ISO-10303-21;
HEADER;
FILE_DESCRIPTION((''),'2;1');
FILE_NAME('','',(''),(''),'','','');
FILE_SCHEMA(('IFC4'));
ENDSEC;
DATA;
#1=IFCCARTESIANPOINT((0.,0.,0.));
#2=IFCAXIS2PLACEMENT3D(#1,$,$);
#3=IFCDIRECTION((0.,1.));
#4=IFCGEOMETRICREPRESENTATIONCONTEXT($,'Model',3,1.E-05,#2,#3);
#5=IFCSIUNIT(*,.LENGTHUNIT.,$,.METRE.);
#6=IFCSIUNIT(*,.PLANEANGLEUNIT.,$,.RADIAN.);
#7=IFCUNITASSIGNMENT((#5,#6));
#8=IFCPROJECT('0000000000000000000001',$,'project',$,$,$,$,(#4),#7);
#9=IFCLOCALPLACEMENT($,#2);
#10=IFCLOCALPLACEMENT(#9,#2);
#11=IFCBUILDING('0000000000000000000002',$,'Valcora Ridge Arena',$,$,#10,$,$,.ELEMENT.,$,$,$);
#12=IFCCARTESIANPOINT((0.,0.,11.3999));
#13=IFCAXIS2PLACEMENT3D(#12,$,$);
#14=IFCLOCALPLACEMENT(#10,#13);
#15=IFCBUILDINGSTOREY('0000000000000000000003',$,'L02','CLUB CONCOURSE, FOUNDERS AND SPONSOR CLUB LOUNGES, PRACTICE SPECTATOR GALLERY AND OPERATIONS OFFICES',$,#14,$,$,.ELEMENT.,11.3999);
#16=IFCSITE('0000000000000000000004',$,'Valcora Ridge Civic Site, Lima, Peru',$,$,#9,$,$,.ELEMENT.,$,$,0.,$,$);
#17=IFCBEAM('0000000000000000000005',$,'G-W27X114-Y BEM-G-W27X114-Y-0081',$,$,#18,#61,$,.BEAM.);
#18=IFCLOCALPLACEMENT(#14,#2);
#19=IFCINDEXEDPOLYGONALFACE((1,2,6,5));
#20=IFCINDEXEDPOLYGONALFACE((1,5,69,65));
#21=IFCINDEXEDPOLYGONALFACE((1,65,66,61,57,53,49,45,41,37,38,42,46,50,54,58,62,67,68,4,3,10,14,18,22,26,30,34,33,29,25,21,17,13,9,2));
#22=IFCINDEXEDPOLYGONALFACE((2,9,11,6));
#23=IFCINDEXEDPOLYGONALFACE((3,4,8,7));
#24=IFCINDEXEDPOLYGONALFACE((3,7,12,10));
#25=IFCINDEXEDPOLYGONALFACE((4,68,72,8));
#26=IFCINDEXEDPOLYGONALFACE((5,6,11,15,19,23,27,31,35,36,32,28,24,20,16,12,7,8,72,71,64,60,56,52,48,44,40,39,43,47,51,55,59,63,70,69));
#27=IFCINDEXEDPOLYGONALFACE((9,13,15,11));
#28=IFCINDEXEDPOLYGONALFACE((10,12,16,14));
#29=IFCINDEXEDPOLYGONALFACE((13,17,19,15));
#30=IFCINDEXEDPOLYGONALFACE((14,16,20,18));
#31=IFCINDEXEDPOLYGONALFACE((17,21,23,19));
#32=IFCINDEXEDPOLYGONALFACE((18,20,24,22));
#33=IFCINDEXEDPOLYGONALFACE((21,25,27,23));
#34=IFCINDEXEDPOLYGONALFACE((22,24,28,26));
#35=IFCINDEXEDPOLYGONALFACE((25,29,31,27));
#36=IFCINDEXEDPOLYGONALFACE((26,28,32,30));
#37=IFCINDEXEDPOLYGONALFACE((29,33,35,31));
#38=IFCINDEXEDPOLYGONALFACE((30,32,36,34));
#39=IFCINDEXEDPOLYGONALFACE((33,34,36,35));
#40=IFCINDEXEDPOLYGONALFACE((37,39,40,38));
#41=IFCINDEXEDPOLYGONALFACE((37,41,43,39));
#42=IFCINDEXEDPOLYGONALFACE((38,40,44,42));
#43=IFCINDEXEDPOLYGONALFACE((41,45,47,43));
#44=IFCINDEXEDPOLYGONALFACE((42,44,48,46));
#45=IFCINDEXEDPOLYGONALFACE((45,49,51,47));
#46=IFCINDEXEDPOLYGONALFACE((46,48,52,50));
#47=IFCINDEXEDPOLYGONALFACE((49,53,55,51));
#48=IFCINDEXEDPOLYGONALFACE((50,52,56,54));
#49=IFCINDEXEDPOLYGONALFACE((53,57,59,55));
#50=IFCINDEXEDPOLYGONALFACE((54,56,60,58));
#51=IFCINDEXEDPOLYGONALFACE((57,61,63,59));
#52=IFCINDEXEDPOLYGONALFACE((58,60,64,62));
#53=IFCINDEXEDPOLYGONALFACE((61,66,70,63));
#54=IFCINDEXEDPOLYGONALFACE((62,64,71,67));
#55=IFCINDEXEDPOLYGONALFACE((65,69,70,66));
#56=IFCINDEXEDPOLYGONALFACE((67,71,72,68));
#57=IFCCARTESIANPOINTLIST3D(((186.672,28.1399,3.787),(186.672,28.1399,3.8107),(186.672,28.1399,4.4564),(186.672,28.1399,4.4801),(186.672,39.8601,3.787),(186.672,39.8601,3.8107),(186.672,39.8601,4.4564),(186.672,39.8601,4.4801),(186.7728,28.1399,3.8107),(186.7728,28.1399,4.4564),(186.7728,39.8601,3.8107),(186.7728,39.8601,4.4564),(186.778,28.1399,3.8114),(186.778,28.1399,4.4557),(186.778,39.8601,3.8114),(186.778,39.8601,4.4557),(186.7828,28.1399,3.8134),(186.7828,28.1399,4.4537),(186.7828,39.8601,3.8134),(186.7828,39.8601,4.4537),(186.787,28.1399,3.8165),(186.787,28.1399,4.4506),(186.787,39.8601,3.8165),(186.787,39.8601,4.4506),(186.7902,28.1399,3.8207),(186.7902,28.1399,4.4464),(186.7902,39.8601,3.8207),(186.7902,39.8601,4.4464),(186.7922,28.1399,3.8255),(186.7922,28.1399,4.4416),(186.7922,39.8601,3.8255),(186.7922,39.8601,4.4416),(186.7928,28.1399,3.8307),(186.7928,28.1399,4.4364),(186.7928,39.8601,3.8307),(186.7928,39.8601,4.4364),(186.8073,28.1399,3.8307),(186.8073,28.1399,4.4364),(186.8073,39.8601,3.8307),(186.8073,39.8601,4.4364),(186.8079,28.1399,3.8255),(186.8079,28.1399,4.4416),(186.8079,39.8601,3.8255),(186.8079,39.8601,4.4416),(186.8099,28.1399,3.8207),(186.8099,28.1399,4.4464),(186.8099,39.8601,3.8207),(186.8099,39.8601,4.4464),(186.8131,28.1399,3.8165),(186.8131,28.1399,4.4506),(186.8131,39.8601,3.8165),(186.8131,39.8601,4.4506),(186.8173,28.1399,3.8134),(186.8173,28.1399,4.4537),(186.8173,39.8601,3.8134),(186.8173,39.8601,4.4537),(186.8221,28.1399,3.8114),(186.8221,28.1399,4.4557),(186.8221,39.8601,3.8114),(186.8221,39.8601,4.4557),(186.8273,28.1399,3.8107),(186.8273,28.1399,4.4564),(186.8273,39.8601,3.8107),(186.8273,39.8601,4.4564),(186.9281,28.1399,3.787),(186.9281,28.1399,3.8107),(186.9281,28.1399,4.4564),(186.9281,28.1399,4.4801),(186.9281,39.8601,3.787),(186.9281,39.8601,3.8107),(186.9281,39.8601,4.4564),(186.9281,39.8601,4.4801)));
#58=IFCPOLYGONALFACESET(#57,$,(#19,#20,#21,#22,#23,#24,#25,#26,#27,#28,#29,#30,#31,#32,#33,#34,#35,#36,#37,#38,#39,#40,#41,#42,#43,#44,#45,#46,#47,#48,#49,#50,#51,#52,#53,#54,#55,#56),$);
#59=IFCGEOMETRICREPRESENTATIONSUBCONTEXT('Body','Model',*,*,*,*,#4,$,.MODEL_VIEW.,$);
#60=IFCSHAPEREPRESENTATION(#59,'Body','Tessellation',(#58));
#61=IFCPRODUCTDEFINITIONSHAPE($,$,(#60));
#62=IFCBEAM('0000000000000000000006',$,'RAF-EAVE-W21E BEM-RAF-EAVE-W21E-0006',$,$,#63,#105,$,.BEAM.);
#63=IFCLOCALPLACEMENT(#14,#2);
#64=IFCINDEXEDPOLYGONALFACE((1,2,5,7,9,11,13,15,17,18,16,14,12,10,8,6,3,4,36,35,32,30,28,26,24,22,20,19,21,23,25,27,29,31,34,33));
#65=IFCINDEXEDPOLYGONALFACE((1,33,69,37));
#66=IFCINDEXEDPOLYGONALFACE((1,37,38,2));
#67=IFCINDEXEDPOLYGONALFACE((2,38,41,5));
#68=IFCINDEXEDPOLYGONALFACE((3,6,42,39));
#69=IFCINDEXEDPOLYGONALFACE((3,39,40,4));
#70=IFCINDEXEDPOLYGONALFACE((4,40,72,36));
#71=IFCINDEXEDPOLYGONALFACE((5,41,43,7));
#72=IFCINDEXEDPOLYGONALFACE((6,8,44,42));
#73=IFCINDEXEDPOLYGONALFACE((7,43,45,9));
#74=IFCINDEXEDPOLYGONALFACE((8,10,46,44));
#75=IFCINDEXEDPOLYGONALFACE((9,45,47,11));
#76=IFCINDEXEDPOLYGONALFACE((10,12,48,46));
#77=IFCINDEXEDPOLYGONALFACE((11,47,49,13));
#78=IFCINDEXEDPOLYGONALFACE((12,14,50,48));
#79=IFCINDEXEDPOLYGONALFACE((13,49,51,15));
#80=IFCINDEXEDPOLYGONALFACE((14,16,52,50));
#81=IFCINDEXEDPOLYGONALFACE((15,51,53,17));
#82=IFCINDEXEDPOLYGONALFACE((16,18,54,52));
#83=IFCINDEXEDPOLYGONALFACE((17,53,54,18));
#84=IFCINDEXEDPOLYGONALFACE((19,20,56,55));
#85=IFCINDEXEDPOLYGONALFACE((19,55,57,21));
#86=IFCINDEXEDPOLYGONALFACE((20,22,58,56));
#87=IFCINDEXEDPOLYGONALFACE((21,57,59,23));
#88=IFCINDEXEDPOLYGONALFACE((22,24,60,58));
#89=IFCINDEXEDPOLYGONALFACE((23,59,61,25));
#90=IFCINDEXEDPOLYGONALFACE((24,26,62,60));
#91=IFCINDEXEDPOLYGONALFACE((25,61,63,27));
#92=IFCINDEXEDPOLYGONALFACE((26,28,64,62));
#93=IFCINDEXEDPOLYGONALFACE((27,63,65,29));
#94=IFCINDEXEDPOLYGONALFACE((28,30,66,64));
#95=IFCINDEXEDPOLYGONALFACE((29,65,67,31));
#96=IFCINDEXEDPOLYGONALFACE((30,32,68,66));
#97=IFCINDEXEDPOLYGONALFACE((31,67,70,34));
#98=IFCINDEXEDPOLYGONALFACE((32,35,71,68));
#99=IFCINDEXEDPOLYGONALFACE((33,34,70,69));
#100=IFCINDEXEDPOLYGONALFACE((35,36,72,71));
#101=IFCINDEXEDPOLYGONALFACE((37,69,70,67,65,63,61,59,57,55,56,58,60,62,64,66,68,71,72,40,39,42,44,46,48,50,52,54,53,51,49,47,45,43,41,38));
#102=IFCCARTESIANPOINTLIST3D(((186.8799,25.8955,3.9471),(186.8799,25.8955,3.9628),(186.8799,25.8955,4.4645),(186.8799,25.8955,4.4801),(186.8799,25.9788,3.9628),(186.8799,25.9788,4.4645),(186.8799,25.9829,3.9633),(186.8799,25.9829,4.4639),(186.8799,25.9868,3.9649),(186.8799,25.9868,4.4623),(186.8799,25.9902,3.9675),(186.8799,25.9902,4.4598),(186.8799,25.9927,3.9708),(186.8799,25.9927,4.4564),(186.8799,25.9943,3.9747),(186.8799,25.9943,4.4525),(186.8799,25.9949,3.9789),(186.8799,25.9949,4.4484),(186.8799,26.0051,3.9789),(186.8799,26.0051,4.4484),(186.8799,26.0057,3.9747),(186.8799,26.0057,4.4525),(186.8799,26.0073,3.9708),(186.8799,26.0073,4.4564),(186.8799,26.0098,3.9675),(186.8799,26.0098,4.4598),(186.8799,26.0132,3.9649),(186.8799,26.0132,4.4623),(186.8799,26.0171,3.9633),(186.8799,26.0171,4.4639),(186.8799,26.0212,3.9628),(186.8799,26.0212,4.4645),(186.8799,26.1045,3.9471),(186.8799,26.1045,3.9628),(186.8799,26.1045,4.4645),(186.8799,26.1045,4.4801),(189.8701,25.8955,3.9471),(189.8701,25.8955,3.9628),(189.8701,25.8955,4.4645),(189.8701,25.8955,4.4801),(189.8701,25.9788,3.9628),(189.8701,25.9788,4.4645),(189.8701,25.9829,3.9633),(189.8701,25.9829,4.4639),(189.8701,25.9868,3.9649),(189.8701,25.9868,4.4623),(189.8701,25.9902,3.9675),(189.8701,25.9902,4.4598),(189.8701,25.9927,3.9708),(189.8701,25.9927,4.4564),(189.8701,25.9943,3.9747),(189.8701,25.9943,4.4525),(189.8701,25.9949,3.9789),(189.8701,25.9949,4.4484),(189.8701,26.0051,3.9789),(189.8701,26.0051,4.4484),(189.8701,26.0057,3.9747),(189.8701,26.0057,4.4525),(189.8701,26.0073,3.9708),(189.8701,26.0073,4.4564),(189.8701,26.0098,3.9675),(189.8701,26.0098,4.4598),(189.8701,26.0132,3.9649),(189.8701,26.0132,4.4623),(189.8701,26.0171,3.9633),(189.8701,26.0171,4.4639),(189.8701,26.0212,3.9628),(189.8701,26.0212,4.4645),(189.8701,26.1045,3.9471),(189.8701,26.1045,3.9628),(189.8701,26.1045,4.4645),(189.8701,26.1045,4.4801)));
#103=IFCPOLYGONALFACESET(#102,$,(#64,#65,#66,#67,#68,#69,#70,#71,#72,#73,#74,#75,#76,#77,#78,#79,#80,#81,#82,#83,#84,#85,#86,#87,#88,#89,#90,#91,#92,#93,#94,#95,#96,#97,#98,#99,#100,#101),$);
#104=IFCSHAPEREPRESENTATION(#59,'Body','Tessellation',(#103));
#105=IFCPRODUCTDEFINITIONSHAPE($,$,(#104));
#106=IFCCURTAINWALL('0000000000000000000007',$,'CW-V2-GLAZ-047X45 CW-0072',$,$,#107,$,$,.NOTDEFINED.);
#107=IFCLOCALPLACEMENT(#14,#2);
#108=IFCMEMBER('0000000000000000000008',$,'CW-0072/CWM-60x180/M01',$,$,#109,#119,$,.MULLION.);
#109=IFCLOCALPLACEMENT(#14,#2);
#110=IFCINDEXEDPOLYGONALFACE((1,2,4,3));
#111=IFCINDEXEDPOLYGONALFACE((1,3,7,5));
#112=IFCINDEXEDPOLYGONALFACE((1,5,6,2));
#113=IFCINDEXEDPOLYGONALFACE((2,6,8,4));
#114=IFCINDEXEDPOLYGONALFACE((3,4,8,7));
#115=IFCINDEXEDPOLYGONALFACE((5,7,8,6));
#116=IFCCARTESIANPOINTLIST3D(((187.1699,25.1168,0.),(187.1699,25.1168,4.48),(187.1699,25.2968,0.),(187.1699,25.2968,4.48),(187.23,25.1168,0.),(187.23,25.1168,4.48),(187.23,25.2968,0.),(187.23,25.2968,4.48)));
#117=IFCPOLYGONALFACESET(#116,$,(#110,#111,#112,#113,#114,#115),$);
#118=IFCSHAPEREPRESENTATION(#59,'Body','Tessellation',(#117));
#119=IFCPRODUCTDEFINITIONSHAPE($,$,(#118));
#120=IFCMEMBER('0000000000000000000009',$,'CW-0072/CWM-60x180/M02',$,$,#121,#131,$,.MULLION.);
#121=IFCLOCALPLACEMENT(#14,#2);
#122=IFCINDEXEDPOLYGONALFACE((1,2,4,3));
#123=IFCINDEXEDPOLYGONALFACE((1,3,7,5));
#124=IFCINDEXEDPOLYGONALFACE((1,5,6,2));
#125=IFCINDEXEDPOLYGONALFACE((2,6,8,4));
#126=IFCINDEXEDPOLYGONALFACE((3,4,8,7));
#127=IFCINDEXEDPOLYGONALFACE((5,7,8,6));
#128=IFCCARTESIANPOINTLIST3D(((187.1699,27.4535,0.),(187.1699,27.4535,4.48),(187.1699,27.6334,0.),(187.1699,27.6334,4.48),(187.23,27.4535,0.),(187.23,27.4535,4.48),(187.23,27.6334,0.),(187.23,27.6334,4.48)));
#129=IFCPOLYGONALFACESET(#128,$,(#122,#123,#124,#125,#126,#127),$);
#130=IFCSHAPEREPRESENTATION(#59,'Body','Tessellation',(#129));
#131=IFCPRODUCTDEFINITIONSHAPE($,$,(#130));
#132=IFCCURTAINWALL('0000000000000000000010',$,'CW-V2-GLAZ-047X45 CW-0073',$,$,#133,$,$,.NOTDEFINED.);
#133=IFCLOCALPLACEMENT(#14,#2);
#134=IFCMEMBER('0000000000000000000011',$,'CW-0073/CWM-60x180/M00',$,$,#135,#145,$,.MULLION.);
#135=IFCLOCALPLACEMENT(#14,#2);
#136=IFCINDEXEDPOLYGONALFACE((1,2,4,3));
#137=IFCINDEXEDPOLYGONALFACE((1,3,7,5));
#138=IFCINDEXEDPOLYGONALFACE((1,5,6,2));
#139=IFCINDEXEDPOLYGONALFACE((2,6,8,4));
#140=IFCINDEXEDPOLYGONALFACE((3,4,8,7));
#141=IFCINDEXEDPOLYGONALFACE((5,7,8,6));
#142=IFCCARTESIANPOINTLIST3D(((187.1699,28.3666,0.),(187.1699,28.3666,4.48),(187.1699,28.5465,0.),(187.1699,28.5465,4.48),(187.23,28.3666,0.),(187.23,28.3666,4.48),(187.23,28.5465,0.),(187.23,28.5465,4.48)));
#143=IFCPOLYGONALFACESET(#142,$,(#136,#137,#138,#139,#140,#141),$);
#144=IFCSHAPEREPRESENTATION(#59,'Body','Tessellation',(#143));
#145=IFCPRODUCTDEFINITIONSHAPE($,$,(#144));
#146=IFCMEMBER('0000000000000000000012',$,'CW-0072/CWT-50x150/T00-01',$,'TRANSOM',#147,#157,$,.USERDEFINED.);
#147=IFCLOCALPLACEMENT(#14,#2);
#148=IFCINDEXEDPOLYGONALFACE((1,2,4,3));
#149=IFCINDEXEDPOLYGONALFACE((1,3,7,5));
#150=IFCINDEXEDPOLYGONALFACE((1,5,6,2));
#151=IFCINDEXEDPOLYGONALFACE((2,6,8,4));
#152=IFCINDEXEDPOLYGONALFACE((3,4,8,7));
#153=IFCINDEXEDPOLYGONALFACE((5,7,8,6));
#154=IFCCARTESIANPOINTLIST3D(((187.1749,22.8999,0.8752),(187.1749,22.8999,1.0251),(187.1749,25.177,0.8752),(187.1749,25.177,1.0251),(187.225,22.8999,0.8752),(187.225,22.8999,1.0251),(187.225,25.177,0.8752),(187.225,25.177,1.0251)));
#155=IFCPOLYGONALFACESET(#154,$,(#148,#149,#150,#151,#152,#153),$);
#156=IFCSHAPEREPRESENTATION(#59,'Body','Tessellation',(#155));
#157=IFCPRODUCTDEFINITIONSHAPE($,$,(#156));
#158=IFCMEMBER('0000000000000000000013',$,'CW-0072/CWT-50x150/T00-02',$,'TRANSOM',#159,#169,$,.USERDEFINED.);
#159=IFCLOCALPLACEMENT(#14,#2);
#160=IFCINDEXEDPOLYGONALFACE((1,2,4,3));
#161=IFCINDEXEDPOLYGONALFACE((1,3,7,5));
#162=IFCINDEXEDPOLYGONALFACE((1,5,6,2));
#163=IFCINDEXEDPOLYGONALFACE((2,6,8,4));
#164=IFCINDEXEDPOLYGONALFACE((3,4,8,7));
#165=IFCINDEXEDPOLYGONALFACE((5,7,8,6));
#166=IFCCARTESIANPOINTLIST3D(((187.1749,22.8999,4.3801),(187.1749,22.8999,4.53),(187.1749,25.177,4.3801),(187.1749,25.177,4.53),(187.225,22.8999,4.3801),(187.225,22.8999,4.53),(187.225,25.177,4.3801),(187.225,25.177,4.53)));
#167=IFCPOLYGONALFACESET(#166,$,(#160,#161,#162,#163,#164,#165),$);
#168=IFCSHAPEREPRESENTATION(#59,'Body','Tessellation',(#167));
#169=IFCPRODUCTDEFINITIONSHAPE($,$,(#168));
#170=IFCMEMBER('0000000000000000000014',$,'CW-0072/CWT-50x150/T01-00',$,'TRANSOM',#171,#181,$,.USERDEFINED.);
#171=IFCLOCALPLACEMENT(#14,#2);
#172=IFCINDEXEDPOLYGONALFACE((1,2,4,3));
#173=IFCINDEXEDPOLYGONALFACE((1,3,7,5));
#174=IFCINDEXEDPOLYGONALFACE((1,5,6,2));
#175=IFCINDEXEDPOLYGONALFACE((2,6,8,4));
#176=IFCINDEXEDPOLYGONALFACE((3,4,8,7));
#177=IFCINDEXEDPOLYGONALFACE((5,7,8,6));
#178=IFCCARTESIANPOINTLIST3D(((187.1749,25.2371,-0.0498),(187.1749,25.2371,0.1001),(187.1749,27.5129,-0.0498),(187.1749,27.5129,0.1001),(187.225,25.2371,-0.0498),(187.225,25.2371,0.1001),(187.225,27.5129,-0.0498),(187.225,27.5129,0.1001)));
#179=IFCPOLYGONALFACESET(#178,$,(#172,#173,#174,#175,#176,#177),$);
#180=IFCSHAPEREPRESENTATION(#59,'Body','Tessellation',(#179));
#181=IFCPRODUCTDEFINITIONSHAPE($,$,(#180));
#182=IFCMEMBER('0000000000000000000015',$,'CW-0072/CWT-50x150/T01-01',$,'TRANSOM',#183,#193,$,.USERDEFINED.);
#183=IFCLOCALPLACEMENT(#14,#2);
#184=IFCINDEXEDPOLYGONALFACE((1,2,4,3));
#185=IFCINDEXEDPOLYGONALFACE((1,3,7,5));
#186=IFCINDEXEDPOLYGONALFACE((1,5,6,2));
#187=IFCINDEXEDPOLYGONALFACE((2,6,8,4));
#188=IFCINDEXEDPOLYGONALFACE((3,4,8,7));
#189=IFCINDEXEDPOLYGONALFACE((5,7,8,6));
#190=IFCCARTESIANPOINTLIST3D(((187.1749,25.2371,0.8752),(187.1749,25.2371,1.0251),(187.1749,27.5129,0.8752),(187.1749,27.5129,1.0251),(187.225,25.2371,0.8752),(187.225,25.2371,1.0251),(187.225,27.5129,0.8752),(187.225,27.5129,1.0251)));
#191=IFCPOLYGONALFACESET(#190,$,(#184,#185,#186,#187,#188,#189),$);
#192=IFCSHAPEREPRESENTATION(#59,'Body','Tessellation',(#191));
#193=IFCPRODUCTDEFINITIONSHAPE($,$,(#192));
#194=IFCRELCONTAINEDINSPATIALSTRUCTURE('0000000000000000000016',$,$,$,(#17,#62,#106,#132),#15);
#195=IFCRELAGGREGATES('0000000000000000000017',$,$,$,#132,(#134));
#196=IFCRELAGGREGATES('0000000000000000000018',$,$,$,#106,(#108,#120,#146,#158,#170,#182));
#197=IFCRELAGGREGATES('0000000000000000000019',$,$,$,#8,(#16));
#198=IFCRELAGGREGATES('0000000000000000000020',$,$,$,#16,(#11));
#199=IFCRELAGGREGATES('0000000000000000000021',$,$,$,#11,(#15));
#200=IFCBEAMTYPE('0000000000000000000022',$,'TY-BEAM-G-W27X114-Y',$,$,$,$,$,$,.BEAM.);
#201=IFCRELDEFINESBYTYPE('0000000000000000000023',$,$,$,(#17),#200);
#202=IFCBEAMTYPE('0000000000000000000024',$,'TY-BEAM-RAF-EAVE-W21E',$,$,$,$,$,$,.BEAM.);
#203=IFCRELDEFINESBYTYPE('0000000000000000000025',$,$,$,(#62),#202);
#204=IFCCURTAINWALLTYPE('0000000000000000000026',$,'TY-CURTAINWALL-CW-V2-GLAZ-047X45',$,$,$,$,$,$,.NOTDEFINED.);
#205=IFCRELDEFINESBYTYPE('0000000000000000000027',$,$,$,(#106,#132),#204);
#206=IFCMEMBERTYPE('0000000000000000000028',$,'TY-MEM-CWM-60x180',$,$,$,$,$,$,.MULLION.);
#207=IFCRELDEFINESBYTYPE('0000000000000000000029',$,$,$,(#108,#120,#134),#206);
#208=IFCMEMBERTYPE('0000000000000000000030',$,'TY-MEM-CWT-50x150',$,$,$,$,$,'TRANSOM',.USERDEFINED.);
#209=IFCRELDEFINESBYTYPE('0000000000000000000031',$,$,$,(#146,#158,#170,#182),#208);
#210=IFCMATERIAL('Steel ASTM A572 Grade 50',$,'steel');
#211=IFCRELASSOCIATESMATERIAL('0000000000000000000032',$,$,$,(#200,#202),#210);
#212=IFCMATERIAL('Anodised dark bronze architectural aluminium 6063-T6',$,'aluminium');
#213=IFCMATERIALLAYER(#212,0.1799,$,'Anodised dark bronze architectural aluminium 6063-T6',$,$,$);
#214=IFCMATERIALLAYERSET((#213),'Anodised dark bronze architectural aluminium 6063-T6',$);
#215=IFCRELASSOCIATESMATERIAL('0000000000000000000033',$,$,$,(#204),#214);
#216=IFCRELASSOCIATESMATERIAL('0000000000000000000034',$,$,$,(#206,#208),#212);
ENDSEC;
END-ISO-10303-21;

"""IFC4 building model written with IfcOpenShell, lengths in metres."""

from ifc_helpers import new_model, si_unit, direction, frame, origin, origin_2d, place, context, subcontext, project, spatial, rectangle, i_section, extrude, material, layer, layer_set, material_profile, profile_set, type_object, element, aggregate, save


model = new_model("IFC4")

# Units and contexts
model_context = context("Model", 3, precision=1e-05, world=origin(), true_north=direction((0.0, 1.0)))
body_context = subcontext(model_context, "Body", "Model", "MODEL_VIEW")
ifc_project = project(units=[si_unit("LENGTHUNIT", "METRE"), si_unit("PLANEANGLEUNIT", "RADIAN")], contexts=[model_context])

# Site, building, storey
site_placement = place(None, origin())
site = spatial("IfcSite", under=ifc_project, at=site_placement, Name="Valcora Ridge Civic Site, Lima, Peru", CompositionType="ELEMENT", RefElevation=0.0)
building_placement = place(site_placement, origin())
building = spatial("IfcBuilding", under=site, at=building_placement, Name="Valcora Ridge Arena", CompositionType="ELEMENT")
storey_placement = place(building_placement, frame((0.0, 0.0, 11.3999)))
storey = spatial("IfcBuildingStorey", under=building, at=storey_placement, Name="L02", Description="CLUB CONCOURSE, FOUNDERS AND SPONSOR CLUB LOUNGES, PRACTICE SPECTATOR GALLERY AND OPERATIONS OFFICES", CompositionType="ELEMENT", Elevation=11.3999)

# Shared definitions
ifc_material_1 = material(Name="Steel ASTM A572 Grade 50", Category="steel")

# Beams
ifc_material_profile_1 = material_profile(ifc_material_1, i_section(OverallWidth=0.2561, OverallDepth=0.6931, WebThickness=0.0144, FlangeThickness=0.0237, FilletRadius=0.02, at=origin_2d()), Name="W27X114")
ifc_profile_set_1 = profile_set([ifc_material_profile_1], Name="Steel ASTM A572 Grade 50")
beam_type_1 = type_object("IfcBeamType", Name="TY-BEAM-G-W27X114-Y", PredefinedType="BEAM", material=ifc_profile_set_1)
for number, where, z_axis, x_axis, name in (
    (1, (186.8, 28.1399, 4.1335), (0.0, 1.0, 0.0), (-1.0, 0.0, 0.0), "G-W27X114-Y BEM-G-W27X114-Y-0081"),
):
    element("IfcBeam", number, at=place(storey_placement, frame(where, z_axis=z_axis, x_axis=x_axis)), inside=storey, type_object=beam_type_1, Name=name, PredefinedType="BEAM", context=body_context, shape_type="SweptSolid", body=[
        extrude(i_section(OverallWidth=0.2561, OverallDepth=0.6931, WebThickness=0.0144, FlangeThickness=0.0237, FilletRadius=0.02, at=origin_2d()), origin(), (0.0, 0.0, 1.0), 11.7202),
    ])
ifc_material_profile_2 = material_profile(ifc_material_1, i_section(OverallWidth=0.209, OverallDepth=0.533, WebThickness=0.0103, FlangeThickness=0.0156, FilletRadius=0.0161, at=origin_2d()), Name="W21X62")
ifc_profile_set_2 = profile_set([ifc_material_profile_2], Name="Steel ASTM A572 Grade 50")
beam_type_2 = type_object("IfcBeamType", Name="TY-BEAM-RAF-EAVE-W21E", PredefinedType="BEAM", material=ifc_profile_set_2)
beam_1_placement = place(storey_placement, frame((186.8799, 26.0, 4.2136), z_axis=(1.0, 0.0, 0.0), x_axis=(0.0, 1.0, 0.0)))
element("IfcBeam", 2, at=beam_1_placement, inside=storey, type_object=beam_type_2, Name="RAF-EAVE-W21E BEM-RAF-EAVE-W21E-0006", PredefinedType="BEAM", context=body_context, shape_type="SweptSolid", body=[
    extrude(i_section(OverallWidth=0.209, OverallDepth=0.533, WebThickness=0.0103, FlangeThickness=0.0156, FilletRadius=0.0161, at=origin_2d()), origin(), (0.0, 0.0, 1.0), 2.9902),
])

# Curtain wall, members
ifc_material_2 = material(Name="Anodised dark bronze architectural aluminium 6063-T6", Category="aluminium")
ifc_layer_1 = layer(ifc_material_2, 0.1799, Name="Anodised dark bronze architectural aluminium 6063-T6")
ifc_layer_set_1 = layer_set([ifc_layer_1], Name="Anodised dark bronze architectural aluminium 6063-T6")
curtain_wall_type = type_object("IfcCurtainWallType", Name="TY-CURTAINWALL-CW-V2-GLAZ-047X45", PredefinedType="NOTDEFINED", material=ifc_layer_set_1)
curtain_wall_1_placement = place(storey_placement, origin())
curtain_wall_1 = element("IfcCurtainWall", 3, at=curtain_wall_1_placement, inside=storey, type_object=curtain_wall_type, Name="CW-V2-GLAZ-047X45 CW-0072", PredefinedType="NOTDEFINED")
ifc_material_profile_3 = material_profile(ifc_material_2, rectangle(XDim=0.0601, YDim=0.1799, at=origin_2d()), Name="ALU MULLION 60x180")
ifc_profile_set_3 = profile_set([ifc_material_profile_3], Name="Anodised dark bronze architectural aluminium 6063-T6")
member_type_1 = type_object("IfcMemberType", Name="TY-MEM-CWM-60x180", PredefinedType="MULLION", material=ifc_profile_set_3)
member_1_placement = place(storey_placement, frame((187.2, 25.2068, 0.0), z_axis=(0.0, 0.0, 1.0), x_axis=(-1.0, 0.0, 0.0)))
member_1 = element("IfcMember", 4, at=member_1_placement, type_object=member_type_1, Name="CW-0072/CWM-60x180/M01", PredefinedType="MULLION", context=body_context, shape_type="SweptSolid", body=[
    extrude(rectangle(XDim=0.0601, YDim=0.1799, at=origin_2d()), origin(), (0.0, 0.0, 1.0), 4.48),
])
member_2_placement = place(storey_placement, frame((187.2, 27.5435, 0.0), z_axis=(0.0, 0.0, 1.0), x_axis=(-1.0, 0.0, 0.0)))
member_2 = element("IfcMember", 5, at=member_2_placement, type_object=member_type_1, Name="CW-0072/CWM-60x180/M02", PredefinedType="MULLION", context=body_context, shape_type="SweptSolid", body=[
    extrude(rectangle(XDim=0.0601, YDim=0.1799, at=origin_2d()), origin(), (0.0, 0.0, 1.0), 4.48),
])

# Curtain wall, member
curtain_wall_2_placement = place(storey_placement, origin())
curtain_wall_2 = element("IfcCurtainWall", 6, at=curtain_wall_2_placement, inside=storey, type_object=curtain_wall_type, Name="CW-V2-GLAZ-047X45 CW-0073", PredefinedType="NOTDEFINED")
member_3_placement = place(storey_placement, frame((187.2, 28.4565, 0.0), z_axis=(0.0, 0.0, 1.0), x_axis=(-1.0, 0.0, 0.0)))
member_3 = element("IfcMember", 7, at=member_3_placement, type_object=member_type_1, Name="CW-0073/CWM-60x180/M00", PredefinedType="MULLION", context=body_context, shape_type="SweptSolid", body=[
    extrude(rectangle(XDim=0.0601, YDim=0.1799, at=origin_2d()), origin(), (0.0, 0.0, 1.0), 4.48),
])

# Members
ifc_material_profile_4 = material_profile(ifc_material_2, rectangle(XDim=0.05, YDim=0.1499, at=origin_2d()), Name="ALU TRANSOM 50x150")
ifc_profile_set_4 = profile_set([ifc_material_profile_4], Name="Anodised dark bronze architectural aluminium 6063-T6")
member_type_2 = type_object("IfcMemberType", Name="TY-MEM-CWT-50x150", ElementType="TRANSOM", PredefinedType="USERDEFINED", material=ifc_profile_set_4)
member_4_placement = place(storey_placement, frame((187.2, 22.8999, 0.9502), z_axis=(0.0, 1.0, 0.0), x_axis=(-1.0, 0.0, 0.0)))
member_4 = element("IfcMember", 8, at=member_4_placement, type_object=member_type_2, Name="CW-0072/CWT-50x150/T00-01", ObjectType="TRANSOM", PredefinedType="USERDEFINED", context=body_context, shape_type="SweptSolid", body=[
    extrude(rectangle(XDim=0.05, YDim=0.1499, at=origin_2d()), origin(), (0.0, 0.0, 1.0), 2.2771),
])
member_5_placement = place(storey_placement, frame((187.2, 22.8999, 4.4551), z_axis=(0.0, 1.0, 0.0), x_axis=(-1.0, 0.0, 0.0)))
member_5 = element("IfcMember", 9, at=member_5_placement, type_object=member_type_2, Name="CW-0072/CWT-50x150/T00-02", ObjectType="TRANSOM", PredefinedType="USERDEFINED", context=body_context, shape_type="SweptSolid", body=[
    extrude(rectangle(XDim=0.05, YDim=0.1499, at=origin_2d()), origin(), (0.0, 0.0, 1.0), 2.2771),
])
member_6_placement = place(storey_placement, frame((187.2, 25.2371, 0.0251), z_axis=(0.0, 1.0, 0.0), x_axis=(-1.0, 0.0, 0.0)))
member_6 = element("IfcMember", 10, at=member_6_placement, type_object=member_type_2, Name="CW-0072/CWT-50x150/T01-00", ObjectType="TRANSOM", PredefinedType="USERDEFINED", context=body_context, shape_type="SweptSolid", body=[
    extrude(rectangle(XDim=0.05, YDim=0.1499, at=origin_2d()), origin(), (0.0, 0.0, 1.0), 2.2759),
])
member_7_placement = place(storey_placement, frame((187.2, 25.2371, 0.9502), z_axis=(0.0, 1.0, 0.0), x_axis=(-1.0, 0.0, 0.0)))
member_7 = element("IfcMember", 11, at=member_7_placement, type_object=member_type_2, Name="CW-0072/CWT-50x150/T01-01", ObjectType="TRANSOM", PredefinedType="USERDEFINED", context=body_context, shape_type="SweptSolid", body=[
    extrude(rectangle(XDim=0.05, YDim=0.1499, at=origin_2d()), origin(), (0.0, 0.0, 1.0), 2.2759),
])
aggregate(curtain_wall_2, [member_3])

aggregate(curtain_wall_1, [member_1, member_2, member_4, member_5, member_6, member_7])

save(model, "model.ifc")
